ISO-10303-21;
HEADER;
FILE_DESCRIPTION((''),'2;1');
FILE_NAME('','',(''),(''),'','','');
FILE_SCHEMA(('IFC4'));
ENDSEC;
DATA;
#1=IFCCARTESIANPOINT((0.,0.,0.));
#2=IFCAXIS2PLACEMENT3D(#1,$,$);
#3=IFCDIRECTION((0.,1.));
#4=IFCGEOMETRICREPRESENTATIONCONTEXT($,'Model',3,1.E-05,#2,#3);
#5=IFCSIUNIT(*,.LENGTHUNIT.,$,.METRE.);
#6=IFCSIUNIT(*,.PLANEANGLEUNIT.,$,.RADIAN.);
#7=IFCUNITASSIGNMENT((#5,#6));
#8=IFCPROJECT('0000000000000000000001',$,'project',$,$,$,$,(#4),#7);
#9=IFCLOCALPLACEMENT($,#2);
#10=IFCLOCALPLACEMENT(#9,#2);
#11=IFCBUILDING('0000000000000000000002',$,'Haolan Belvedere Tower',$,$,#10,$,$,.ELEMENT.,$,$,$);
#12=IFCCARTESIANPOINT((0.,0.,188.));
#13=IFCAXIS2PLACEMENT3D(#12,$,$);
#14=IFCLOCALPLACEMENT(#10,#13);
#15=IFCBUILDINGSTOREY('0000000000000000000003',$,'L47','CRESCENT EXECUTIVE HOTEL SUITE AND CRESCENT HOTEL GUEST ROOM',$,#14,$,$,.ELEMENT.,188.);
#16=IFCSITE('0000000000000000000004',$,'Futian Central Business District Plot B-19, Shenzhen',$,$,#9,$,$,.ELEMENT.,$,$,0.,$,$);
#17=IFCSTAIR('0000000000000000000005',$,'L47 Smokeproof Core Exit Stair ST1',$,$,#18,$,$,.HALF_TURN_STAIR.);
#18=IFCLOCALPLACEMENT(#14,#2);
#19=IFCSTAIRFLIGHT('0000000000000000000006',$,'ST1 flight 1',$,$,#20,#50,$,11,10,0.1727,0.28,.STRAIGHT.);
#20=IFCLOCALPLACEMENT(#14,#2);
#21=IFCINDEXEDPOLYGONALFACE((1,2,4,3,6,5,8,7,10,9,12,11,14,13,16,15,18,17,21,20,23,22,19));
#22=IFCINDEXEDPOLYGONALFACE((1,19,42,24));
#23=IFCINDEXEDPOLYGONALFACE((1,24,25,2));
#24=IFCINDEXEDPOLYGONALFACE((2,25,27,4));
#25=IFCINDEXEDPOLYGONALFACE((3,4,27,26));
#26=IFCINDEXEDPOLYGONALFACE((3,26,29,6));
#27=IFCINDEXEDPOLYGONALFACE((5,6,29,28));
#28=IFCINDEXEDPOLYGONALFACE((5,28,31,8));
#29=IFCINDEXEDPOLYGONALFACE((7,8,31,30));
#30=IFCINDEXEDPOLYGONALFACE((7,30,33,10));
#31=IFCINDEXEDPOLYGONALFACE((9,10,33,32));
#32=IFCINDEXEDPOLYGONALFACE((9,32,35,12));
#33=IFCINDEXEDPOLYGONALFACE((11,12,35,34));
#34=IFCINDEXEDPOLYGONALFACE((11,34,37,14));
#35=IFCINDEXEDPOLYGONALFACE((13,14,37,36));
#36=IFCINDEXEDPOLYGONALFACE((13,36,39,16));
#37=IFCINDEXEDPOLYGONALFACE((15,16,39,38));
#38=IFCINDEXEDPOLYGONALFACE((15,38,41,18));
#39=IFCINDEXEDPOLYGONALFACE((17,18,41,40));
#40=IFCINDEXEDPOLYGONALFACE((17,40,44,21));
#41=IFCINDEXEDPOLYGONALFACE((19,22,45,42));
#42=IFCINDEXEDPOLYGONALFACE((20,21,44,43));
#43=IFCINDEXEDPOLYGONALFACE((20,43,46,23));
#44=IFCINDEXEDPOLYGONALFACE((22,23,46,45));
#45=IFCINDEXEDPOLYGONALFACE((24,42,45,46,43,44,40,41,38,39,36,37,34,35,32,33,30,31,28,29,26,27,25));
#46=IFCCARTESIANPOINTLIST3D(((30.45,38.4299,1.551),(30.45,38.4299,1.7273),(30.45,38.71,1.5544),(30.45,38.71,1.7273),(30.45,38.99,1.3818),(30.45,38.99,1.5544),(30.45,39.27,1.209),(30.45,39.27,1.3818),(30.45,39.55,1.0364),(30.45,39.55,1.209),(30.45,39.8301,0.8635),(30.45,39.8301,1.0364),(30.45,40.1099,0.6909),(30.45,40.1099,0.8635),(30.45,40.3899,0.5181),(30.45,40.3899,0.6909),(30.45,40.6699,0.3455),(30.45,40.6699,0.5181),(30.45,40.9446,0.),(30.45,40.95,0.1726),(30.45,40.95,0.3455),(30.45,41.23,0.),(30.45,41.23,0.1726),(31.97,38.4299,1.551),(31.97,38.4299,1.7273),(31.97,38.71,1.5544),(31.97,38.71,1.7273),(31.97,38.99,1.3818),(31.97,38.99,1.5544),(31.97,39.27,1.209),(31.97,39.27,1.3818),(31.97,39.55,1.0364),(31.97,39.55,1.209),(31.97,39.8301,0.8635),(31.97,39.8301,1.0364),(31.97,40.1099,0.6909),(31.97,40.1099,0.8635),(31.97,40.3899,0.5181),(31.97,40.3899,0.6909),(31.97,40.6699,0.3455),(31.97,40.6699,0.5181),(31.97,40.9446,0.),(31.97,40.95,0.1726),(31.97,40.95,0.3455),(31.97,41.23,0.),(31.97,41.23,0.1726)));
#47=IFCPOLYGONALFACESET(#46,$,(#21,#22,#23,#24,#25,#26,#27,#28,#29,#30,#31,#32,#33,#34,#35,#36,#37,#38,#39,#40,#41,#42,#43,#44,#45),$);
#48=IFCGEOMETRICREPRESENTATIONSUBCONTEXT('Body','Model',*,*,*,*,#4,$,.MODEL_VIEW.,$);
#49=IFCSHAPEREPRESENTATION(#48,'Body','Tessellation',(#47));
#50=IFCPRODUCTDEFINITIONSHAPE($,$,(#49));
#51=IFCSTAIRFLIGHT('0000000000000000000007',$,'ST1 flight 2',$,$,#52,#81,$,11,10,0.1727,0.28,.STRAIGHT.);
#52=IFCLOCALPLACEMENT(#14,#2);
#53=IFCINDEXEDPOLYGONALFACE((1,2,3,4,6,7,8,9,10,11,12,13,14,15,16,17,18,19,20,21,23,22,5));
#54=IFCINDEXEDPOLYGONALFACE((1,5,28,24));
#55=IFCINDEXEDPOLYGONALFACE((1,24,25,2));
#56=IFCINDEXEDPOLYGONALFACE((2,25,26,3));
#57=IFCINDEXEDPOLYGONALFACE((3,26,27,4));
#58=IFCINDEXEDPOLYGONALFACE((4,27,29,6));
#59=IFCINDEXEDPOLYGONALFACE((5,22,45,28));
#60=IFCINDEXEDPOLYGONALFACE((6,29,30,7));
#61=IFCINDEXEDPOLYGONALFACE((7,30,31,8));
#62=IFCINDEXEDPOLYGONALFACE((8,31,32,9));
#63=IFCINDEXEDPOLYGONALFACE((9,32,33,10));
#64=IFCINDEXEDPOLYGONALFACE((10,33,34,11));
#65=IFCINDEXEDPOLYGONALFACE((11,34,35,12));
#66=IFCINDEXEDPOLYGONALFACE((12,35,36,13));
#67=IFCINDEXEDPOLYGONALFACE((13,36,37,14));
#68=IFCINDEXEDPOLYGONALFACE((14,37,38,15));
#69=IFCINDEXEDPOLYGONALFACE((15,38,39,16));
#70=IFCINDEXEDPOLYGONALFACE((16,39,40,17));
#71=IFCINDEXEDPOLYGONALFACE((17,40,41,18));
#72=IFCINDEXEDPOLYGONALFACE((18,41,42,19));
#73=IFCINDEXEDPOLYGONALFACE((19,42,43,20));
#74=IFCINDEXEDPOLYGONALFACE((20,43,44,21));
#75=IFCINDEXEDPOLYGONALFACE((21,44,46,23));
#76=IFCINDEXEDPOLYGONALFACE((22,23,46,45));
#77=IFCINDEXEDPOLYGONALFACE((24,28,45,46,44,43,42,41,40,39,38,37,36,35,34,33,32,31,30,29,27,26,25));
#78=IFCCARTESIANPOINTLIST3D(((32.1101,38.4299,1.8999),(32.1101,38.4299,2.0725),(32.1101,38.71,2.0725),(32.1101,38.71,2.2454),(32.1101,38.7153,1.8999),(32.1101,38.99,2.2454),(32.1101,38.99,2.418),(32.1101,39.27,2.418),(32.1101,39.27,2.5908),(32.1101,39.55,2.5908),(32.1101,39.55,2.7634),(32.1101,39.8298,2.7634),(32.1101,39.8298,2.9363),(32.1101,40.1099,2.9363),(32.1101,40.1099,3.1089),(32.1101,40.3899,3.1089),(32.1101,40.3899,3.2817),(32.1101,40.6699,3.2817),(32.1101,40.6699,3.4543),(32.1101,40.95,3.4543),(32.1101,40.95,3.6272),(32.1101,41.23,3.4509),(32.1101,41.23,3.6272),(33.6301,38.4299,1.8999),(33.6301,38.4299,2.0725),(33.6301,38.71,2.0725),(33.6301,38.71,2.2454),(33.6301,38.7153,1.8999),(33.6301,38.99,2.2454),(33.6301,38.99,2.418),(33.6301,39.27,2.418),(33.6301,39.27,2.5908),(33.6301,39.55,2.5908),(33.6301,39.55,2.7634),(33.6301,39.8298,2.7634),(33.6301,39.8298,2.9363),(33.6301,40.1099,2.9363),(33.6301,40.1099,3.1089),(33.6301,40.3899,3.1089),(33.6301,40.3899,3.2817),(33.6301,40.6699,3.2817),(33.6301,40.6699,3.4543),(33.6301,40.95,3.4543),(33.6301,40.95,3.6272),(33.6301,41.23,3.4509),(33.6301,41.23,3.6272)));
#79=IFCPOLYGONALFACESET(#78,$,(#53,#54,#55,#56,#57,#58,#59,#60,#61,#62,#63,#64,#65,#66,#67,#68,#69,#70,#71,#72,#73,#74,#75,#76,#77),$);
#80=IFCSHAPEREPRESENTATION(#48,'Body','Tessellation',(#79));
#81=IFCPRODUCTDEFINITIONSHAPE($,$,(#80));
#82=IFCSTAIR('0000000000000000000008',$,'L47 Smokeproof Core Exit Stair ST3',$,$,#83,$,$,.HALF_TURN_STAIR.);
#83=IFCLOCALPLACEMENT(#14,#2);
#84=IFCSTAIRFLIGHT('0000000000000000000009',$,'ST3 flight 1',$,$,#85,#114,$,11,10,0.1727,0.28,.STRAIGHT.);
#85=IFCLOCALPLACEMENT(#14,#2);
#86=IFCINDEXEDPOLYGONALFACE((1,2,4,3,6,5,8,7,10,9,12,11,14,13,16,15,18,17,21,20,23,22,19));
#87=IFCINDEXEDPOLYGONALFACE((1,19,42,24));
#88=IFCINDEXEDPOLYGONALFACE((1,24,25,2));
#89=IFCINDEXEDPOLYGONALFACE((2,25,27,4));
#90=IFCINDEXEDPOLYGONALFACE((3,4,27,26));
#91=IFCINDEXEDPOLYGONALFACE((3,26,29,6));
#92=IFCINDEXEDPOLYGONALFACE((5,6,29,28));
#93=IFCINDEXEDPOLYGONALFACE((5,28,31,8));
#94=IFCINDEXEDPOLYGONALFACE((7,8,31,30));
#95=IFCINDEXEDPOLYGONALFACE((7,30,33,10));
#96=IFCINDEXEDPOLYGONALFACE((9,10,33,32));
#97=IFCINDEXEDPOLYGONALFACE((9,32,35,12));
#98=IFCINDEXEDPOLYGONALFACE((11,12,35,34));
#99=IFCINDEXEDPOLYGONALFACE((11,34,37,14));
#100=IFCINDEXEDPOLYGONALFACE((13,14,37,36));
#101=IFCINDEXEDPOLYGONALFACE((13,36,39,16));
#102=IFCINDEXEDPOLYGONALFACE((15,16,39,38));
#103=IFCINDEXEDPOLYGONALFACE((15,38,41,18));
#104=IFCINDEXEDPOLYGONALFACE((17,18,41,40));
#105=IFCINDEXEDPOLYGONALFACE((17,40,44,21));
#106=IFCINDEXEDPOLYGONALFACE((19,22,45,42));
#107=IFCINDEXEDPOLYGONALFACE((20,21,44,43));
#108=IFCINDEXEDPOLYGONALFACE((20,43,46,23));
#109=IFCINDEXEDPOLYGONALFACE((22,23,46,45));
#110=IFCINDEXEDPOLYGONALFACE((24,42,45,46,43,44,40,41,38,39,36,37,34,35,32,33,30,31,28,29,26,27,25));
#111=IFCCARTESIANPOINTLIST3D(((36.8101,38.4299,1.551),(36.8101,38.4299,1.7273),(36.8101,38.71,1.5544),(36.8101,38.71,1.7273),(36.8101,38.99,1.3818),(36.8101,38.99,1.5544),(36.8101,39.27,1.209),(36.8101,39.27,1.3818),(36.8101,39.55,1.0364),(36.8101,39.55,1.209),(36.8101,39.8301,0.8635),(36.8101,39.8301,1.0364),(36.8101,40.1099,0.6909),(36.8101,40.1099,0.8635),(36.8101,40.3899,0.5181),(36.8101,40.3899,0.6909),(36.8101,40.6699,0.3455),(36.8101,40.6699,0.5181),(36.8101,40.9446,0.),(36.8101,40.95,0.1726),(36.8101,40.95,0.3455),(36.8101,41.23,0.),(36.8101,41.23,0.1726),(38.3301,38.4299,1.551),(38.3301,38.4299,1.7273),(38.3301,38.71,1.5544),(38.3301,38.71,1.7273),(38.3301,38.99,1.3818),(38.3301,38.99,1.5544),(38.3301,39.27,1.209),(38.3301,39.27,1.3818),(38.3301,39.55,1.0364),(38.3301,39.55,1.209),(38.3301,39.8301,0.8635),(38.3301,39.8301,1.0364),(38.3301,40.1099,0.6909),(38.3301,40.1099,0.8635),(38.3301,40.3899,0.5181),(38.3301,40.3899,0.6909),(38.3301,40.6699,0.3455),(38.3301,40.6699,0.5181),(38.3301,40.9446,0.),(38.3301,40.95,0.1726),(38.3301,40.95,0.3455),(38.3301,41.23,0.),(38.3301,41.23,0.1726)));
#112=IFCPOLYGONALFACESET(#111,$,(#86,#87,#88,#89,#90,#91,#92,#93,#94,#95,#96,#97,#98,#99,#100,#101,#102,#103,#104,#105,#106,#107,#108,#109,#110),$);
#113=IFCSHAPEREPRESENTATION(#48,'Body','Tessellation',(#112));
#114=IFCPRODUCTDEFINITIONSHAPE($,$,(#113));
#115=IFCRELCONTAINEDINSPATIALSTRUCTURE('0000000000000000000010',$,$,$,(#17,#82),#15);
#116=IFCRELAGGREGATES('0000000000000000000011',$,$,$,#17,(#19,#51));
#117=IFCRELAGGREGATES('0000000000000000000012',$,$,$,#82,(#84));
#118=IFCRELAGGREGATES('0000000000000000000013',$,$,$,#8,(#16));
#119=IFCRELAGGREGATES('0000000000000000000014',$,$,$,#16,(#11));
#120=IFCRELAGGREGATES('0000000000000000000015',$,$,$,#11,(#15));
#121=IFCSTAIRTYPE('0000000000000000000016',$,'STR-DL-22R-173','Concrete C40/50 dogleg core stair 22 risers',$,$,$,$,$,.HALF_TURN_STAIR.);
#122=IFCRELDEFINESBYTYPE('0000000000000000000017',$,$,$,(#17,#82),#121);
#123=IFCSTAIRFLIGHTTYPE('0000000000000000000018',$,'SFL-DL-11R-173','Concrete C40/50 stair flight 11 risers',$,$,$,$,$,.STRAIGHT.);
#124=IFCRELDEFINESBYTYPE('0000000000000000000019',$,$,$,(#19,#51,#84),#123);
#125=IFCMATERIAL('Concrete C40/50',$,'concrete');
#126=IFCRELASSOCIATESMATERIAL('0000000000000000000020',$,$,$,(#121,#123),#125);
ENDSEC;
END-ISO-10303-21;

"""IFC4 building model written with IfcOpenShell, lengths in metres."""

from ifc_helpers import new_model, si_unit, direction, frame, origin, place, context, subcontext, project, spatial, polyline, outline, extrude, material, type_object, element, aggregate, save


model = new_model("IFC4")

# Units and contexts
model_context = context("Model", 3, precision=1e-05, world=origin(), true_north=direction((0.0, 1.0)))
body_context = subcontext(model_context, "Body", "Model", "MODEL_VIEW")
ifc_project = project(units=[si_unit("LENGTHUNIT", "METRE"), si_unit("PLANEANGLEUNIT", "RADIAN")], contexts=[model_context])

# Site, building, storey
site_placement = place(None, origin())
site = spatial("IfcSite", under=ifc_project, at=site_placement, Name="Futian Central Business District Plot B-19, Shenzhen", CompositionType="ELEMENT", RefElevation=0.0)
building_placement = place(site_placement, origin())
building = spatial("IfcBuilding", under=site, at=building_placement, Name="Haolan Belvedere Tower", CompositionType="ELEMENT")
storey_placement = place(building_placement, frame((0.0, 0.0, 188.0)))
storey = spatial("IfcBuildingStorey", under=building, at=storey_placement, Name="L47", Description="CRESCENT EXECUTIVE HOTEL SUITE AND CRESCENT HOTEL GUEST ROOM", CompositionType="ELEMENT", Elevation=188.0)

# Stair, stair flights
ifc_material_1 = material(Name="Concrete C40/50", Category="concrete")
stair_type = type_object("IfcStairType", Name="STR-DL-22R-173", Description="Concrete C40/50 dogleg core stair 22 risers", PredefinedType="HALF_TURN_STAIR", material=ifc_material_1)
stair_1_placement = place(storey_placement, origin())
stair_1 = element("IfcStair", 1, at=stair_1_placement, inside=storey, type_object=stair_type, Name="L47 Smokeproof Core Exit Stair ST1", PredefinedType="HALF_TURN_STAIR")
stair_flight_type = type_object("IfcStairFlightType", Name="SFL-DL-11R-173", Description="Concrete C40/50 stair flight 11 risers", PredefinedType="STRAIGHT", material=ifc_material_1)
stair_flight_1_placement = place(storey_placement, frame((31.21, 41.23, 0.0), z_axis=(0.0, 0.0, 1.0), x_axis=(0.0, -1.0, 0.0)))
stair_flight_1 = element("IfcStairFlight", 2, at=stair_flight_1_placement, type_object=stair_flight_type, Name="ST1 flight 1", NumberOfRisers=11, NumberOfTreads=10, PredefinedType="STRAIGHT", RiserHeight=0.1727, TreadLength=0.28, context=body_context, shape_type="SweptSolid", body=[
    extrude(outline(polyline([(0.0, 0.0), (0.0, 0.1726), (0.28, 0.1726), (0.28, 0.3455), (0.5601, 0.3455), (0.5601, 0.5181), (0.8401, 0.5181), (0.8401, 0.6909), (1.1201, 0.6909), (1.1201, 0.8635), (1.3999, 0.8635), (1.3999, 1.0364), (1.6799, 1.0364), (1.6799, 1.209), (1.96, 1.209), (1.96, 1.3818), (2.24, 1.3818), (2.24, 1.5544), (2.52, 1.5544), (2.52, 1.7273), (2.8, 1.7273), (2.8, 1.8999), (2.8, 1.551), (0.2854, 0.0), (0.0, 0.0)])), frame((0.0, 0.76, 0.0), z_axis=(0.0, -1.0, 0.0), x_axis=(1.0, 0.0, 0.0)), (0.0, 0.0, 1.0), 1.52),
])
stair_flight_2_placement = place(storey_placement, frame((32.8701, 38.4299, 1.8999), z_axis=(0.0, 0.0, 1.0), x_axis=(0.0, 1.0, 0.0)))
stair_flight_2 = element("IfcStairFlight", 3, at=stair_flight_2_placement, type_object=stair_flight_type, Name="ST1 flight 2", NumberOfRisers=11, NumberOfTreads=10, PredefinedType="STRAIGHT", RiserHeight=0.1727, TreadLength=0.28, context=body_context, shape_type="SweptSolid", body=[
    extrude(outline(polyline([(0.0, 0.0), (0.0, 0.1726), (0.28, 0.1726), (0.28, 0.3455), (0.5601, 0.3455), (0.5601, 0.5181), (0.8401, 0.5181), (0.8401, 0.6909), (1.1201, 0.6909), (1.1201, 0.8635), (1.3999, 0.8635), (1.3999, 1.0364), (1.6799, 1.0364), (1.6799, 1.209), (1.96, 1.209), (1.96, 1.3818), (2.24, 1.3818), (2.24, 1.5544), (2.52, 1.5544), (2.52, 1.7273), (2.8, 1.7273), (2.8, 1.8999), (2.8, 1.551), (0.2854, 0.0), (0.0, 0.0)])), frame((0.0, 0.76, 0.0), z_axis=(0.0, -1.0, 0.0), x_axis=(1.0, 0.0, 0.0)), (0.0, 0.0, 1.0), 1.52),
])
aggregate(stair_1, [stair_flight_1, stair_flight_2])

# Stair, stair flight
stair_2_placement = place(storey_placement, origin())
stair_2 = element("IfcStair", 4, at=stair_2_placement, inside=storey, type_object=stair_type, Name="L47 Smokeproof Core Exit Stair ST3", PredefinedType="HALF_TURN_STAIR")
stair_flight_3_placement = place(storey_placement, frame((37.5701, 41.23, 0.0), z_axis=(0.0, 0.0, 1.0), x_axis=(0.0, -1.0, 0.0)))
stair_flight_3 = element("IfcStairFlight", 5, at=stair_flight_3_placement, type_object=stair_flight_type, Name="ST3 flight 1", NumberOfRisers=11, NumberOfTreads=10, PredefinedType="STRAIGHT", RiserHeight=0.1727, TreadLength=0.28, context=body_context, shape_type="SweptSolid", body=[
    extrude(outline(polyline([(0.0, 0.0), (0.0, 0.1726), (0.28, 0.1726), (0.28, 0.3455), (0.5601, 0.3455), (0.5601, 0.5181), (0.8401, 0.5181), (0.8401, 0.6909), (1.1201, 0.6909), (1.1201, 0.8635), (1.3999, 0.8635), (1.3999, 1.0364), (1.6799, 1.0364), (1.6799, 1.209), (1.96, 1.209), (1.96, 1.3818), (2.24, 1.3818), (2.24, 1.5544), (2.52, 1.5544), (2.52, 1.7273), (2.8, 1.7273), (2.8, 1.8999), (2.8, 1.551), (0.2854, 0.0), (0.0, 0.0)])), frame((0.0, 0.76, 0.0), z_axis=(0.0, -1.0, 0.0), x_axis=(1.0, 0.0, 0.0)), (0.0, 0.0, 1.0), 1.52),
])
aggregate(stair_2, [stair_flight_3])

save(model, "model.ifc")
